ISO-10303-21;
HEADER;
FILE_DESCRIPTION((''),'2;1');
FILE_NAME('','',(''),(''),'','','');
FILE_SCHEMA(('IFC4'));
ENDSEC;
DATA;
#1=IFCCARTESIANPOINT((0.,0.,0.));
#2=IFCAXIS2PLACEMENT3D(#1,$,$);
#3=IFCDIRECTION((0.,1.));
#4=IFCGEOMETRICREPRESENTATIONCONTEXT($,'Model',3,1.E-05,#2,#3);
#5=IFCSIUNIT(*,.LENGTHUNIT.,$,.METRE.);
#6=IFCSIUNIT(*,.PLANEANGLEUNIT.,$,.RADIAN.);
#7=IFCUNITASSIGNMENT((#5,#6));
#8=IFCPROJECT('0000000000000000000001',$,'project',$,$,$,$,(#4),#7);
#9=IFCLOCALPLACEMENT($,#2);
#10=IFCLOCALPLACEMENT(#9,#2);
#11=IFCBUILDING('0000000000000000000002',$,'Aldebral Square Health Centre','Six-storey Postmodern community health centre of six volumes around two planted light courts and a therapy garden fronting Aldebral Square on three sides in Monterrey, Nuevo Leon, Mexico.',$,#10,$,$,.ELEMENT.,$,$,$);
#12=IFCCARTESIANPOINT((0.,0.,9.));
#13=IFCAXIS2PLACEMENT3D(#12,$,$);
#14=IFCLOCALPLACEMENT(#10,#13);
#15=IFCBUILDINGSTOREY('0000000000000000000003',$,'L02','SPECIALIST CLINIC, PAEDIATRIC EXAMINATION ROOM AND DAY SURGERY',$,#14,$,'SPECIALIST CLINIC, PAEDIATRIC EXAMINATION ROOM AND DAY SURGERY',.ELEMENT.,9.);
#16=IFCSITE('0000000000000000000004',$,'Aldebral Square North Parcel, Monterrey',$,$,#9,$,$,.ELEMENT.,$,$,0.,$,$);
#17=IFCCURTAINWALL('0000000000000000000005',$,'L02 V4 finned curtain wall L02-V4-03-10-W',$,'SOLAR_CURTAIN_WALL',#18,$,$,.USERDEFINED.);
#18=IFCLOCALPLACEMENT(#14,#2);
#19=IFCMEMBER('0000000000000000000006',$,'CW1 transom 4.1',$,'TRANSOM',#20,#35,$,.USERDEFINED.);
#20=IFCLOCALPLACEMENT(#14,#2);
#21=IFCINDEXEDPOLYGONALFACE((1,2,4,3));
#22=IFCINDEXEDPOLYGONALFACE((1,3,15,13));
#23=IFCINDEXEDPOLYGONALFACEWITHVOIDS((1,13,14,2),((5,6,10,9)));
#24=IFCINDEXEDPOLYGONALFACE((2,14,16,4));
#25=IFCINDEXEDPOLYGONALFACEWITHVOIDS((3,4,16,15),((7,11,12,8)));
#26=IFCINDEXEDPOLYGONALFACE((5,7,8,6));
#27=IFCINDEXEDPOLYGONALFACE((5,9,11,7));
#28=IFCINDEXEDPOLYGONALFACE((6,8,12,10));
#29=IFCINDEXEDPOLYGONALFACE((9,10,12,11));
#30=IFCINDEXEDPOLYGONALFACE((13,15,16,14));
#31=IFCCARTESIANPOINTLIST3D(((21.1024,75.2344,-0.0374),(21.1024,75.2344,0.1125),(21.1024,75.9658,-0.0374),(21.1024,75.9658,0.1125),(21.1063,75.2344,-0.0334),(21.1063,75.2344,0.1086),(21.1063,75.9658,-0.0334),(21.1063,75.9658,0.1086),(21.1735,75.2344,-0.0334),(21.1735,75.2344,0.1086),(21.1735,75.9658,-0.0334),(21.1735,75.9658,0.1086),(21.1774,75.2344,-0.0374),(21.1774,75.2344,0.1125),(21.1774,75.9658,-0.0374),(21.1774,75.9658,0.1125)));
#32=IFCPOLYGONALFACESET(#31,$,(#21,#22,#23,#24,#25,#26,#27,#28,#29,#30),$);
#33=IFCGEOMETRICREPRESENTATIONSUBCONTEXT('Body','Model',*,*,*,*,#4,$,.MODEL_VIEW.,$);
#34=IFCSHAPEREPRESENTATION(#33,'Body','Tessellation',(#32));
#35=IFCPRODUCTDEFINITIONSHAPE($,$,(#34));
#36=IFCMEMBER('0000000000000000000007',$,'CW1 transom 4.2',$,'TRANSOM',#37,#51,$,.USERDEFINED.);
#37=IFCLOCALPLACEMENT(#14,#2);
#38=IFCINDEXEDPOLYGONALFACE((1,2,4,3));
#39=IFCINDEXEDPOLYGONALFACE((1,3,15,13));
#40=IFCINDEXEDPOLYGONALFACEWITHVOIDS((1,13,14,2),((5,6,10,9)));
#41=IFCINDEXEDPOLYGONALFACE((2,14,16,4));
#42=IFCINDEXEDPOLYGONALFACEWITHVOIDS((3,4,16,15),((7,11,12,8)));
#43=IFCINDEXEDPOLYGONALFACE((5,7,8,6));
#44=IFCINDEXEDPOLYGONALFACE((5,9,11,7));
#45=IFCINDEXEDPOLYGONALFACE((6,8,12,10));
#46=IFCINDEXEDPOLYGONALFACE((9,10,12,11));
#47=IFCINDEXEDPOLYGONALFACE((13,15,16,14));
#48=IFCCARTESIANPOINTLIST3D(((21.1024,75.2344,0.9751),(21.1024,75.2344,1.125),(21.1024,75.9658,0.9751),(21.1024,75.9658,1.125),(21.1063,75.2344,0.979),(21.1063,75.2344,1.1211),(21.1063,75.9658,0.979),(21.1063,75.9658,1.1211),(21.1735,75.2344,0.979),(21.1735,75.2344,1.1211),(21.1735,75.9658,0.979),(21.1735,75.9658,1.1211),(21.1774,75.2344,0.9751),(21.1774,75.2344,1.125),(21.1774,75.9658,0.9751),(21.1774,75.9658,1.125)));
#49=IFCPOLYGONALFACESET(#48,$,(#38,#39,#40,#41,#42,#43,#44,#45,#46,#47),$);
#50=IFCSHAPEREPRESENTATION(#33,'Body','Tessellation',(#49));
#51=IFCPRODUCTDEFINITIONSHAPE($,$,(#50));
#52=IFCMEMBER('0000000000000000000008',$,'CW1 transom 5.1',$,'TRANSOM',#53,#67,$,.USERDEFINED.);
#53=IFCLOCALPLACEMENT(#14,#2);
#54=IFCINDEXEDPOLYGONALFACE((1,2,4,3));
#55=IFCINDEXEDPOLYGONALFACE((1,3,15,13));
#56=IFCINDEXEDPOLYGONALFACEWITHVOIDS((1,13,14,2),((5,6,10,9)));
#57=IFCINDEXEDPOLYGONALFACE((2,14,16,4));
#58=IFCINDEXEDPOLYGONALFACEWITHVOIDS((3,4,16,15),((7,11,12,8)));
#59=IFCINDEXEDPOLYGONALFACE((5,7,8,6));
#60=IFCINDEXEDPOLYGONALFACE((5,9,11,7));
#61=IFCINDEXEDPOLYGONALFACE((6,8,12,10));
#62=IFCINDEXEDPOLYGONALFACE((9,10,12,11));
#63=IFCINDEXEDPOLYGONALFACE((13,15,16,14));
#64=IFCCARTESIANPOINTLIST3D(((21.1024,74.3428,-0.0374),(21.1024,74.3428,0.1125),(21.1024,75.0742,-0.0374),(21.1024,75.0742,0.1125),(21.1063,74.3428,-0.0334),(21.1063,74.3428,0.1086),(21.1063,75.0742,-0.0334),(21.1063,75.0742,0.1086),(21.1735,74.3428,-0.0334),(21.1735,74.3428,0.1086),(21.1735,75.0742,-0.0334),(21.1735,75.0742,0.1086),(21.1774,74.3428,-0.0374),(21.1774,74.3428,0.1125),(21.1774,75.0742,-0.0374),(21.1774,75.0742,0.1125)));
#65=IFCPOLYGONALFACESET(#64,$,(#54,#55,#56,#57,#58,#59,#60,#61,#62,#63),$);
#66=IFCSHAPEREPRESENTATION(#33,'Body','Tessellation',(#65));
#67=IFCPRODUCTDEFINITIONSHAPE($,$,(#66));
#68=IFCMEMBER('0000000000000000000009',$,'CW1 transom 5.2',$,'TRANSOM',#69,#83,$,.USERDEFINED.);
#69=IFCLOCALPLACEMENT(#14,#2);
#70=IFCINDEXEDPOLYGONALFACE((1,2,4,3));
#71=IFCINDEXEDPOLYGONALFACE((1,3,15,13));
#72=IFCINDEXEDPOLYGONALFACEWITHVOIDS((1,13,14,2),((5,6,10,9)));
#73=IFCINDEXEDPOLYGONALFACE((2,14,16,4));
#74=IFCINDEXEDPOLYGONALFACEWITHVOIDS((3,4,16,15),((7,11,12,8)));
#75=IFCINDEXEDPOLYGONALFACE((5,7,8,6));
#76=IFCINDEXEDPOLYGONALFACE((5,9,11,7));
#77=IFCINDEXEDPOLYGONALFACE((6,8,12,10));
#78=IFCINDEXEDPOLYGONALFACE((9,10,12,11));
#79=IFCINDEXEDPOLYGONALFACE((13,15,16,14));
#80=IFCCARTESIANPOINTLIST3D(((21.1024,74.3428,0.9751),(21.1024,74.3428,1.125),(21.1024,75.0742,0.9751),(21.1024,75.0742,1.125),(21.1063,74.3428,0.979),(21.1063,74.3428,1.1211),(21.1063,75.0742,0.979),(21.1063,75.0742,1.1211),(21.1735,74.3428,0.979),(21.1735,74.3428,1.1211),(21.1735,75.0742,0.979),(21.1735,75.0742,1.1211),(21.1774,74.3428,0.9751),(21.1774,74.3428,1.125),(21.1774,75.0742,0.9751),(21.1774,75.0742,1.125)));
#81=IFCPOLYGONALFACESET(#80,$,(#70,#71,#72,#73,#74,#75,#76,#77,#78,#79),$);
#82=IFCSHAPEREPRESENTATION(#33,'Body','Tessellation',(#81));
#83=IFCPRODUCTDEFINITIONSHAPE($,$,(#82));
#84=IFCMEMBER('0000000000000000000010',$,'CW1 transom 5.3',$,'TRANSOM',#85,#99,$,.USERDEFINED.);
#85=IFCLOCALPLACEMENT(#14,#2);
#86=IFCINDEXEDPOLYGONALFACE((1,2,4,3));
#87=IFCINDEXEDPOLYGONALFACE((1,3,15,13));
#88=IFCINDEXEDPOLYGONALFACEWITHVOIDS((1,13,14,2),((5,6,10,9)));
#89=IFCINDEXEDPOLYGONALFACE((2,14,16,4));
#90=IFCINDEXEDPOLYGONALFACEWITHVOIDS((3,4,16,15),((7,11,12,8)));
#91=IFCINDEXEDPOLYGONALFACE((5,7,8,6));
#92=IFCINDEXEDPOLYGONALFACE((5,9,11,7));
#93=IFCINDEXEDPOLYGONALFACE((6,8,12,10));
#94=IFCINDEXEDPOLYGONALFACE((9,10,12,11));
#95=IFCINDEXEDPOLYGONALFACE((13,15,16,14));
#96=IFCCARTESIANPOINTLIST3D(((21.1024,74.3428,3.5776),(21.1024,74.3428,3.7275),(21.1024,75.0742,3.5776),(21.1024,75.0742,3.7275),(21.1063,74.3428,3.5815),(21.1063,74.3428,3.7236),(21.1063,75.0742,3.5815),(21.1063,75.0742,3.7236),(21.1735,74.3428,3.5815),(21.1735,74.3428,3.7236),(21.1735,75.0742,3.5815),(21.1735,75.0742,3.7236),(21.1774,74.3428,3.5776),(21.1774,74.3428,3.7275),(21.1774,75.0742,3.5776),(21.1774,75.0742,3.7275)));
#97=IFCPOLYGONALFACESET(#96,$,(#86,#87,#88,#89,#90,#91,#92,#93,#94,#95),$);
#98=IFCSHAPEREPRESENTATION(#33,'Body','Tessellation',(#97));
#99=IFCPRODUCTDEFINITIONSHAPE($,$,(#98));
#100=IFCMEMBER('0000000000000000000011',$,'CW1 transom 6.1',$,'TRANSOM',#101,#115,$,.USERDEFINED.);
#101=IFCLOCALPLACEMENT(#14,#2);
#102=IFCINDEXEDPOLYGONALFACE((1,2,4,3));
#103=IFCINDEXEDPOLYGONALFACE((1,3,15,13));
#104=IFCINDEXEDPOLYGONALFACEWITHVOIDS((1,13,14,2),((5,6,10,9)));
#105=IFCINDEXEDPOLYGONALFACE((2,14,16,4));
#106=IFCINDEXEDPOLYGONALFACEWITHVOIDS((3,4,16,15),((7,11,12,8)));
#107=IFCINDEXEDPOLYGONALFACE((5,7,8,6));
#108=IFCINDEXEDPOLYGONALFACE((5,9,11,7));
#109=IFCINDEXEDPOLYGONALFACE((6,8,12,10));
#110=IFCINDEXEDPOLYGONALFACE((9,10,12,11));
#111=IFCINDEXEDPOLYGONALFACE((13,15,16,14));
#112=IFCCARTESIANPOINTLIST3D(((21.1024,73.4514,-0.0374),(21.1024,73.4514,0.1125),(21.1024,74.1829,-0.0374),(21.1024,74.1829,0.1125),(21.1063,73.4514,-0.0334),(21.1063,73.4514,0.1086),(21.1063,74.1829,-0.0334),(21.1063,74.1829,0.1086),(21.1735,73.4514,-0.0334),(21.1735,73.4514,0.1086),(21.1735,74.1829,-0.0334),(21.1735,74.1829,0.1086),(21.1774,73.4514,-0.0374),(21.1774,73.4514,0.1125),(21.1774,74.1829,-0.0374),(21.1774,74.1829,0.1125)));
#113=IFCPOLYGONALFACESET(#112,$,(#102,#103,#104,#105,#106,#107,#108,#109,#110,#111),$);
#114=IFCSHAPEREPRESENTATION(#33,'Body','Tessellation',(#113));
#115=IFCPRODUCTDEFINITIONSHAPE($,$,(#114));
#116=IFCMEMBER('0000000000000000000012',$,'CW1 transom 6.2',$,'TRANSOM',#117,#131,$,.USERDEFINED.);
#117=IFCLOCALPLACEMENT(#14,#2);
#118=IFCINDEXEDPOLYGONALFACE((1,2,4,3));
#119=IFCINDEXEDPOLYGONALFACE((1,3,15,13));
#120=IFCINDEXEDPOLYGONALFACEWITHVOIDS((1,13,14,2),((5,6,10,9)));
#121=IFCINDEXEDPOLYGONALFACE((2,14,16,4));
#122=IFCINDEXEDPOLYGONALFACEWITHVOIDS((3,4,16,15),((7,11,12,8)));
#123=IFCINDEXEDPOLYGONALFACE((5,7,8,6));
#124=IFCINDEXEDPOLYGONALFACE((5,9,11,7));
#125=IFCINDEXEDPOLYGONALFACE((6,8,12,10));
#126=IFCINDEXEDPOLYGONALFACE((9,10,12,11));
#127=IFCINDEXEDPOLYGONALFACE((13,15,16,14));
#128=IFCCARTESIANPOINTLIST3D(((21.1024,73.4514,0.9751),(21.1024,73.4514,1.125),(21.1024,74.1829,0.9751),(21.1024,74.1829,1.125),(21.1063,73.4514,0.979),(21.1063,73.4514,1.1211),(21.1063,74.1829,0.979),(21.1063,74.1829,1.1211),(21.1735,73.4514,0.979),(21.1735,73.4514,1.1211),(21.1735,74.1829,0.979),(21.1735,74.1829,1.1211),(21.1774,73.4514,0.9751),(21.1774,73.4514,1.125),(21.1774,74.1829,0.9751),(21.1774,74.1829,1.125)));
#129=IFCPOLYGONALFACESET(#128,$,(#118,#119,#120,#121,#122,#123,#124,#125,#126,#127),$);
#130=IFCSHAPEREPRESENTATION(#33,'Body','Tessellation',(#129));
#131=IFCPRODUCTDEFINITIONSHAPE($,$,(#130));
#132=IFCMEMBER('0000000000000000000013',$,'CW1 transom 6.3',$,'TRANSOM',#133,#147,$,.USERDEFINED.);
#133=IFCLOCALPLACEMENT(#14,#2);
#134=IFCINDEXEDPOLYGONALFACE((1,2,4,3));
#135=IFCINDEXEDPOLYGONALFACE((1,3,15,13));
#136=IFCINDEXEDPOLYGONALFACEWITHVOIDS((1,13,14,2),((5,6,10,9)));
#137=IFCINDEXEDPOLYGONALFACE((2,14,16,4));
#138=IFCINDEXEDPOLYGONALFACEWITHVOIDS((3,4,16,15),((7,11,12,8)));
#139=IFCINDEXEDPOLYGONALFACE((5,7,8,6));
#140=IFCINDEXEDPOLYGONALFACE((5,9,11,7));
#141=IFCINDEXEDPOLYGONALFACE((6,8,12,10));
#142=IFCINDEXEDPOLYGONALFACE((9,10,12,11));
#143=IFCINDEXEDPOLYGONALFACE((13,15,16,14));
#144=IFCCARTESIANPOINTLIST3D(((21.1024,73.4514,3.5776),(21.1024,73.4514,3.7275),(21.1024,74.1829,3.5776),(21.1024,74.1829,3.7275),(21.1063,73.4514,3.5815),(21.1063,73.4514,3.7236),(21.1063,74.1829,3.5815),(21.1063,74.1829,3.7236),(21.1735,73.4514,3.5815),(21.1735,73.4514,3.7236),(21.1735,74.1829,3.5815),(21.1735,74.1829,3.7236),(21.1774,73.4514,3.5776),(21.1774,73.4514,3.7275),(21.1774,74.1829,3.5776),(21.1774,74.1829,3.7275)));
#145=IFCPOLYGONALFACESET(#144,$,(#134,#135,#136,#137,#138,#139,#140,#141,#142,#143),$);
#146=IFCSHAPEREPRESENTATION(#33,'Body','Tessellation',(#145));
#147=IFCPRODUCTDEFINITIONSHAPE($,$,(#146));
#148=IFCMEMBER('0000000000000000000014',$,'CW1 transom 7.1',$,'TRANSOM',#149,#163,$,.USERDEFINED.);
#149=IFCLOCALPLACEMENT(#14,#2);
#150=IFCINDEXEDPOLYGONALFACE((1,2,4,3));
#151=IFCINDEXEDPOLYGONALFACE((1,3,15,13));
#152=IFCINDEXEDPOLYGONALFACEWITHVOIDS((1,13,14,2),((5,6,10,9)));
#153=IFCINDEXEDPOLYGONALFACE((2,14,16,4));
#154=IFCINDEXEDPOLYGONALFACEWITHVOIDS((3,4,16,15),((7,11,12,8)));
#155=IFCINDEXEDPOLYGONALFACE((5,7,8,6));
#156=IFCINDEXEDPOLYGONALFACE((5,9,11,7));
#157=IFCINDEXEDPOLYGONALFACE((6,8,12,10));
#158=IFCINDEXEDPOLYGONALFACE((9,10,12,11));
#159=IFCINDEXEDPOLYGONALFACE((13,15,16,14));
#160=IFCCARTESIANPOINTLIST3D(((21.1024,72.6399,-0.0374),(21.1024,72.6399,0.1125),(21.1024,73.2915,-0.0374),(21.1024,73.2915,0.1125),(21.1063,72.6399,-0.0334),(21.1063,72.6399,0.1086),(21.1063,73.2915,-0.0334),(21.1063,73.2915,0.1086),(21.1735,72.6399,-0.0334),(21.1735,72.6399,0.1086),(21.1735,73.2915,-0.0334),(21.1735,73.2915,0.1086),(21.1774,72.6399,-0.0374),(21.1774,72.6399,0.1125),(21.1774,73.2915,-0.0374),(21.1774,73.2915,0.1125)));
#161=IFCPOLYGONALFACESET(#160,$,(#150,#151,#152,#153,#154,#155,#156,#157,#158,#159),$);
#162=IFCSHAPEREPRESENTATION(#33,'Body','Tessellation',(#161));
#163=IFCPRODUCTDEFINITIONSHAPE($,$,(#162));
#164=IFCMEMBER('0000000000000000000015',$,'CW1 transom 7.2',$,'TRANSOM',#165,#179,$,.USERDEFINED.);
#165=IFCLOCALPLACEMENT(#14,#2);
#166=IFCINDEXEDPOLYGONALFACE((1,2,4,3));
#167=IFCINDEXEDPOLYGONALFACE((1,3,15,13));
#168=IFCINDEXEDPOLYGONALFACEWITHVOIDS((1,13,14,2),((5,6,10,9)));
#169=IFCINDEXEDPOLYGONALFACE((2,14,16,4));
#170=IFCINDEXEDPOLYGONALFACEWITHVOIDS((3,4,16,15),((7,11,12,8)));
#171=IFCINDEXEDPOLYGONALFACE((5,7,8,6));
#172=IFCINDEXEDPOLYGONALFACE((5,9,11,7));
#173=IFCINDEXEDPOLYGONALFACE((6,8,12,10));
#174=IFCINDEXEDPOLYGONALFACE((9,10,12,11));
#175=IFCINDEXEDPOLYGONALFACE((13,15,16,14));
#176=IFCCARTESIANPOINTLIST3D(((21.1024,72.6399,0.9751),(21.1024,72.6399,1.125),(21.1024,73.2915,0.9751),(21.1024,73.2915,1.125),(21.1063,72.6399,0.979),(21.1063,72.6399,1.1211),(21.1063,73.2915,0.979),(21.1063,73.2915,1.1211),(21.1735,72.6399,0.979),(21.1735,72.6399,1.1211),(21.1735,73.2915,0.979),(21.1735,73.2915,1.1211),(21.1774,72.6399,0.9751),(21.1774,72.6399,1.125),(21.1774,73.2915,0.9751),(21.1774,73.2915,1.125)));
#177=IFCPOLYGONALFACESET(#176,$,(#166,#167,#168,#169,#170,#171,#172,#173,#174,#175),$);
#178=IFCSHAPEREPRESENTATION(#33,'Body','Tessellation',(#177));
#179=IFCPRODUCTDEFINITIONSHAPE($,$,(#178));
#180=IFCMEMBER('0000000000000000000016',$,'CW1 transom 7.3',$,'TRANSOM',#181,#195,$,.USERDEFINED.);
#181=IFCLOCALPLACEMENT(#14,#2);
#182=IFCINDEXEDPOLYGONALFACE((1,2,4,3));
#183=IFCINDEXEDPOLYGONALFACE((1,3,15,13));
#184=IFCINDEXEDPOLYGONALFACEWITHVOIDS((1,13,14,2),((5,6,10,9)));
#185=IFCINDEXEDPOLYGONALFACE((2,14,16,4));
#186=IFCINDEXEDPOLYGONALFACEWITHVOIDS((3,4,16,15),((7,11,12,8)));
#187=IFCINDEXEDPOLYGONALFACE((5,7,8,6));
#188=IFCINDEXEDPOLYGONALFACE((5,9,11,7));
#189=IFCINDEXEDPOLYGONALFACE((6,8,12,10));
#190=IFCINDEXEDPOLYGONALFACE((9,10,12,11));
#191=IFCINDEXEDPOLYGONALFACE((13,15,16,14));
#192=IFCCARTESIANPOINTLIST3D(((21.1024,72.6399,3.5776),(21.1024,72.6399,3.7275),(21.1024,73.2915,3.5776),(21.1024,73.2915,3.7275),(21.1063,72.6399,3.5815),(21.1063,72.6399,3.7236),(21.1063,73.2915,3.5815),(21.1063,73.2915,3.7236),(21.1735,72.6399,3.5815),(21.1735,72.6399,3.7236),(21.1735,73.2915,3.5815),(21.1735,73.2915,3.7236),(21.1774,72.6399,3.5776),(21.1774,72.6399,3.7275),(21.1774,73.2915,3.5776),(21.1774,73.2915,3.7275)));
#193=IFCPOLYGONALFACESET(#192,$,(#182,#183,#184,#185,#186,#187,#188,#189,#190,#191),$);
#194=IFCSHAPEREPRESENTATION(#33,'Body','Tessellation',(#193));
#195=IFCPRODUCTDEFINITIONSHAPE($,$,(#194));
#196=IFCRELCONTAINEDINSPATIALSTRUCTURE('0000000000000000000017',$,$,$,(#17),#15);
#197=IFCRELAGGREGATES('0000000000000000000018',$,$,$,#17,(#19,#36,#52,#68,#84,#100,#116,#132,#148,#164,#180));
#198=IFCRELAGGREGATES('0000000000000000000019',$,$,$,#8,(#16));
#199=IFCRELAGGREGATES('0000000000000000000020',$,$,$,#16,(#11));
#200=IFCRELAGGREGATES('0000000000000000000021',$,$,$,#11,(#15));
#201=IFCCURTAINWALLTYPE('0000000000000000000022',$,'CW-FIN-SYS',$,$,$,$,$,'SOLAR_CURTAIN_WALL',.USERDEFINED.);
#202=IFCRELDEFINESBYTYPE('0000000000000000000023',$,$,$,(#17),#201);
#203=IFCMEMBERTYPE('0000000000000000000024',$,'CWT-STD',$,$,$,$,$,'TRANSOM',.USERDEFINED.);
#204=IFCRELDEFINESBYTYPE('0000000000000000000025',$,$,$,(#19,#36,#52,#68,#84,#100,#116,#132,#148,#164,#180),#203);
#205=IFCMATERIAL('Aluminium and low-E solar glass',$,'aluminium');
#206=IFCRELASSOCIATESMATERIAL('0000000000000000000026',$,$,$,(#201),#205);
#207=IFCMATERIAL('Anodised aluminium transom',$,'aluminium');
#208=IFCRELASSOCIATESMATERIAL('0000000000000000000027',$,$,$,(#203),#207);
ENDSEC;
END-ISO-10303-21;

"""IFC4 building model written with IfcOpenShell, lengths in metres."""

from ifc_helpers import new_model, si_unit, direction, frame, origin, origin_2d, place, context, subcontext, project, spatial, hollow_rectangle, extrude, material, material_profile, profile_set, type_object, element, aggregate, save


model = new_model("IFC4")

# Units and contexts
model_context = context("Model", 3, precision=1e-05, world=origin(), true_north=direction((0.0, 1.0)))
body_context = subcontext(model_context, "Body", "Model", "MODEL_VIEW")
ifc_project = project(units=[si_unit("LENGTHUNIT", "METRE"), si_unit("PLANEANGLEUNIT", "RADIAN")], contexts=[model_context])

# Site, building, storey
site_placement = place(None, origin())
site = spatial("IfcSite", under=ifc_project, at=site_placement, Name="Aldebral Square North Parcel, Monterrey", CompositionType="ELEMENT", RefElevation=0.0)
building_placement = place(site_placement, origin())
building = spatial("IfcBuilding", under=site, at=building_placement, Name="Aldebral Square Health Centre", Description="Six-storey Postmodern community health centre of six volumes around two planted light courts and a therapy garden fronting Aldebral Square on three sides in Monterrey, Nuevo Leon, Mexico.", CompositionType="ELEMENT")
storey_placement = place(building_placement, frame((0.0, 0.0, 9.0)))
storey = spatial("IfcBuildingStorey", under=building, at=storey_placement, Name="L02", Description="SPECIALIST CLINIC, PAEDIATRIC EXAMINATION ROOM AND DAY SURGERY", LongName="SPECIALIST CLINIC, PAEDIATRIC EXAMINATION ROOM AND DAY SURGERY", CompositionType="ELEMENT", Elevation=9.0)

# Shared definitions
ifc_material_1 = material(Name="Aluminium and low-E solar glass", Category="aluminium")
curtain_wall_type = type_object("IfcCurtainWallType", Name="CW-FIN-SYS", ElementType="SOLAR_CURTAIN_WALL", PredefinedType="USERDEFINED", material=ifc_material_1)

# Curtain wall
curtain_wall_1_placement = place(storey_placement, origin())
curtain_wall_1 = element("IfcCurtainWall", 1, at=curtain_wall_1_placement, inside=storey, type_object=curtain_wall_type, Name="L02 V4 finned curtain wall L02-V4-03-10-W", ObjectType="SOLAR_CURTAIN_WALL", PredefinedType="USERDEFINED")

# Members
ifc_material_2 = material(Name="Anodised aluminium transom", Category="aluminium")
ifc_material_profile_1 = material_profile(ifc_material_2, hollow_rectangle(XDim=0.075, YDim=0.1499, WallThickness=0.0039, at=origin_2d()), Name="CWT 75x150x4")
ifc_profile_set_1 = profile_set([ifc_material_profile_1], Name="Anodised aluminium transom")
member_type_1 = type_object("IfcMemberType", Name="CWT-STD", ElementType="TRANSOM", PredefinedType="USERDEFINED", material=ifc_profile_set_1)
member_1_placement = place(storey_placement, frame((21.1399, 75.9658, 0.0376), z_axis=(0.0, -1.0, 0.0), x_axis=(1.0, 0.0, 0.0)))
member_1 = element("IfcMember", 2, at=member_1_placement, type_object=member_type_1, Name="CW1 transom 4.1", ObjectType="TRANSOM", PredefinedType="USERDEFINED", context=body_context, shape_type="SweptSolid", body=[
    extrude(hollow_rectangle(XDim=0.075, YDim=0.1499, WallThickness=0.0039, at=origin_2d()), origin(), (0.0, 0.0, 1.0), 0.7314),
])
member_2_placement = place(storey_placement, frame((21.1399, 75.9658, 1.05), z_axis=(0.0, -1.0, 0.0), x_axis=(1.0, 0.0, 0.0)))
member_2 = element("IfcMember", 3, at=member_2_placement, type_object=member_type_1, Name="CW1 transom 4.2", ObjectType="TRANSOM", PredefinedType="USERDEFINED", context=body_context, shape_type="SweptSolid", body=[
    extrude(hollow_rectangle(XDim=0.075, YDim=0.1499, WallThickness=0.0039, at=origin_2d()), origin(), (0.0, 0.0, 1.0), 0.7314),
])
member_3_placement = place(storey_placement, frame((21.1399, 75.0742, 0.0376), z_axis=(0.0, -1.0, 0.0), x_axis=(1.0, 0.0, 0.0)))
member_3 = element("IfcMember", 4, at=member_3_placement, type_object=member_type_1, Name="CW1 transom 5.1", ObjectType="TRANSOM", PredefinedType="USERDEFINED", context=body_context, shape_type="SweptSolid", body=[
    extrude(hollow_rectangle(XDim=0.075, YDim=0.1499, WallThickness=0.0039, at=origin_2d()), origin(), (0.0, 0.0, 1.0), 0.7314),
])
member_4_placement = place(storey_placement, frame((21.1399, 75.0742, 1.05), z_axis=(0.0, -1.0, 0.0), x_axis=(1.0, 0.0, 0.0)))
member_4 = element("IfcMember", 5, at=member_4_placement, type_object=member_type_1, Name="CW1 transom 5.2", ObjectType="TRANSOM", PredefinedType="USERDEFINED", context=body_context, shape_type="SweptSolid", body=[
    extrude(hollow_rectangle(XDim=0.075, YDim=0.1499, WallThickness=0.0039, at=origin_2d()), origin(), (0.0, 0.0, 1.0), 0.7314),
])
member_5_placement = place(storey_placement, frame((21.1399, 75.0742, 3.6526), z_axis=(0.0, -1.0, 0.0), x_axis=(1.0, 0.0, 0.0)))
member_5 = element("IfcMember", 6, at=member_5_placement, type_object=member_type_1, Name="CW1 transom 5.3", ObjectType="TRANSOM", PredefinedType="USERDEFINED", context=body_context, shape_type="SweptSolid", body=[
    extrude(hollow_rectangle(XDim=0.075, YDim=0.1499, WallThickness=0.0039, at=origin_2d()), origin(), (0.0, 0.0, 1.0), 0.7314),
])
member_6_placement = place(storey_placement, frame((21.1399, 74.1829, 0.0376), z_axis=(0.0, -1.0, 0.0), x_axis=(1.0, 0.0, 0.0)))
member_6 = element("IfcMember", 7, at=member_6_placement, type_object=member_type_1, Name="CW1 transom 6.1", ObjectType="TRANSOM", PredefinedType="USERDEFINED", context=body_context, shape_type="SweptSolid", body=[
    extrude(hollow_rectangle(XDim=0.075, YDim=0.1499, WallThickness=0.0039, at=origin_2d()), origin(), (0.0, 0.0, 1.0), 0.7314),
])
member_7_placement = place(storey_placement, frame((21.1399, 74.1829, 1.05), z_axis=(0.0, -1.0, 0.0), x_axis=(1.0, 0.0, 0.0)))
member_7 = element("IfcMember", 8, at=member_7_placement, type_object=member_type_1, Name="CW1 transom 6.2", ObjectType="TRANSOM", PredefinedType="USERDEFINED", context=body_context, shape_type="SweptSolid", body=[
    extrude(hollow_rectangle(XDim=0.075, YDim=0.1499, WallThickness=0.0039, at=origin_2d()), origin(), (0.0, 0.0, 1.0), 0.7314),
])
member_8_placement = place(storey_placement, frame((21.1399, 74.1829, 3.6526), z_axis=(0.0, -1.0, 0.0), x_axis=(1.0, 0.0, 0.0)))
member_8 = element("IfcMember", 9, at=member_8_placement, type_object=member_type_1, Name="CW1 transom 6.3", ObjectType="TRANSOM", PredefinedType="USERDEFINED", context=body_context, shape_type="SweptSolid", body=[
    extrude(hollow_rectangle(XDim=0.075, YDim=0.1499, WallThickness=0.0039, at=origin_2d()), origin(), (0.0, 0.0, 1.0), 0.7314),
])
member_9_placement = place(storey_placement, frame((21.1399, 73.2915, 0.0376), z_axis=(0.0, -1.0, 0.0), x_axis=(1.0, 0.0, 0.0)))
member_9 = element("IfcMember", 10, at=member_9_placement, type_object=member_type_1, Name="CW1 transom 7.1", ObjectType="TRANSOM", PredefinedType="USERDEFINED", context=body_context, shape_type="SweptSolid", body=[
    extrude(hollow_rectangle(XDim=0.075, YDim=0.1499, WallThickness=0.0039, at=origin_2d()), origin(), (0.0, 0.0, 1.0), 0.6516),
])
member_10_placement = place(storey_placement, frame((21.1399, 73.2915, 1.05), z_axis=(0.0, -1.0, 0.0), x_axis=(1.0, 0.0, 0.0)))
member_10 = element("IfcMember", 11, at=member_10_placement, type_object=member_type_1, Name="CW1 transom 7.2", ObjectType="TRANSOM", PredefinedType="USERDEFINED", context=body_context, shape_type="SweptSolid", body=[
    extrude(hollow_rectangle(XDim=0.075, YDim=0.1499, WallThickness=0.0039, at=origin_2d()), origin(), (0.0, 0.0, 1.0), 0.6516),
])
member_11_placement = place(storey_placement, frame((21.1399, 73.2915, 3.6526), z_axis=(0.0, -1.0, 0.0), x_axis=(1.0, 0.0, 0.0)))
member_11 = element("IfcMember", 12, at=member_11_placement, type_object=member_type_1, Name="CW1 transom 7.3", ObjectType="TRANSOM", PredefinedType="USERDEFINED", context=body_context, shape_type="SweptSolid", body=[
    extrude(hollow_rectangle(XDim=0.075, YDim=0.1499, WallThickness=0.0039, at=origin_2d()), origin(), (0.0, 0.0, 1.0), 0.6516),
])

aggregate(curtain_wall_1, [member_1, member_2, member_3, member_4, member_5, member_6, member_7, member_8, member_9, member_10, member_11])

save(model, "model.ifc")
